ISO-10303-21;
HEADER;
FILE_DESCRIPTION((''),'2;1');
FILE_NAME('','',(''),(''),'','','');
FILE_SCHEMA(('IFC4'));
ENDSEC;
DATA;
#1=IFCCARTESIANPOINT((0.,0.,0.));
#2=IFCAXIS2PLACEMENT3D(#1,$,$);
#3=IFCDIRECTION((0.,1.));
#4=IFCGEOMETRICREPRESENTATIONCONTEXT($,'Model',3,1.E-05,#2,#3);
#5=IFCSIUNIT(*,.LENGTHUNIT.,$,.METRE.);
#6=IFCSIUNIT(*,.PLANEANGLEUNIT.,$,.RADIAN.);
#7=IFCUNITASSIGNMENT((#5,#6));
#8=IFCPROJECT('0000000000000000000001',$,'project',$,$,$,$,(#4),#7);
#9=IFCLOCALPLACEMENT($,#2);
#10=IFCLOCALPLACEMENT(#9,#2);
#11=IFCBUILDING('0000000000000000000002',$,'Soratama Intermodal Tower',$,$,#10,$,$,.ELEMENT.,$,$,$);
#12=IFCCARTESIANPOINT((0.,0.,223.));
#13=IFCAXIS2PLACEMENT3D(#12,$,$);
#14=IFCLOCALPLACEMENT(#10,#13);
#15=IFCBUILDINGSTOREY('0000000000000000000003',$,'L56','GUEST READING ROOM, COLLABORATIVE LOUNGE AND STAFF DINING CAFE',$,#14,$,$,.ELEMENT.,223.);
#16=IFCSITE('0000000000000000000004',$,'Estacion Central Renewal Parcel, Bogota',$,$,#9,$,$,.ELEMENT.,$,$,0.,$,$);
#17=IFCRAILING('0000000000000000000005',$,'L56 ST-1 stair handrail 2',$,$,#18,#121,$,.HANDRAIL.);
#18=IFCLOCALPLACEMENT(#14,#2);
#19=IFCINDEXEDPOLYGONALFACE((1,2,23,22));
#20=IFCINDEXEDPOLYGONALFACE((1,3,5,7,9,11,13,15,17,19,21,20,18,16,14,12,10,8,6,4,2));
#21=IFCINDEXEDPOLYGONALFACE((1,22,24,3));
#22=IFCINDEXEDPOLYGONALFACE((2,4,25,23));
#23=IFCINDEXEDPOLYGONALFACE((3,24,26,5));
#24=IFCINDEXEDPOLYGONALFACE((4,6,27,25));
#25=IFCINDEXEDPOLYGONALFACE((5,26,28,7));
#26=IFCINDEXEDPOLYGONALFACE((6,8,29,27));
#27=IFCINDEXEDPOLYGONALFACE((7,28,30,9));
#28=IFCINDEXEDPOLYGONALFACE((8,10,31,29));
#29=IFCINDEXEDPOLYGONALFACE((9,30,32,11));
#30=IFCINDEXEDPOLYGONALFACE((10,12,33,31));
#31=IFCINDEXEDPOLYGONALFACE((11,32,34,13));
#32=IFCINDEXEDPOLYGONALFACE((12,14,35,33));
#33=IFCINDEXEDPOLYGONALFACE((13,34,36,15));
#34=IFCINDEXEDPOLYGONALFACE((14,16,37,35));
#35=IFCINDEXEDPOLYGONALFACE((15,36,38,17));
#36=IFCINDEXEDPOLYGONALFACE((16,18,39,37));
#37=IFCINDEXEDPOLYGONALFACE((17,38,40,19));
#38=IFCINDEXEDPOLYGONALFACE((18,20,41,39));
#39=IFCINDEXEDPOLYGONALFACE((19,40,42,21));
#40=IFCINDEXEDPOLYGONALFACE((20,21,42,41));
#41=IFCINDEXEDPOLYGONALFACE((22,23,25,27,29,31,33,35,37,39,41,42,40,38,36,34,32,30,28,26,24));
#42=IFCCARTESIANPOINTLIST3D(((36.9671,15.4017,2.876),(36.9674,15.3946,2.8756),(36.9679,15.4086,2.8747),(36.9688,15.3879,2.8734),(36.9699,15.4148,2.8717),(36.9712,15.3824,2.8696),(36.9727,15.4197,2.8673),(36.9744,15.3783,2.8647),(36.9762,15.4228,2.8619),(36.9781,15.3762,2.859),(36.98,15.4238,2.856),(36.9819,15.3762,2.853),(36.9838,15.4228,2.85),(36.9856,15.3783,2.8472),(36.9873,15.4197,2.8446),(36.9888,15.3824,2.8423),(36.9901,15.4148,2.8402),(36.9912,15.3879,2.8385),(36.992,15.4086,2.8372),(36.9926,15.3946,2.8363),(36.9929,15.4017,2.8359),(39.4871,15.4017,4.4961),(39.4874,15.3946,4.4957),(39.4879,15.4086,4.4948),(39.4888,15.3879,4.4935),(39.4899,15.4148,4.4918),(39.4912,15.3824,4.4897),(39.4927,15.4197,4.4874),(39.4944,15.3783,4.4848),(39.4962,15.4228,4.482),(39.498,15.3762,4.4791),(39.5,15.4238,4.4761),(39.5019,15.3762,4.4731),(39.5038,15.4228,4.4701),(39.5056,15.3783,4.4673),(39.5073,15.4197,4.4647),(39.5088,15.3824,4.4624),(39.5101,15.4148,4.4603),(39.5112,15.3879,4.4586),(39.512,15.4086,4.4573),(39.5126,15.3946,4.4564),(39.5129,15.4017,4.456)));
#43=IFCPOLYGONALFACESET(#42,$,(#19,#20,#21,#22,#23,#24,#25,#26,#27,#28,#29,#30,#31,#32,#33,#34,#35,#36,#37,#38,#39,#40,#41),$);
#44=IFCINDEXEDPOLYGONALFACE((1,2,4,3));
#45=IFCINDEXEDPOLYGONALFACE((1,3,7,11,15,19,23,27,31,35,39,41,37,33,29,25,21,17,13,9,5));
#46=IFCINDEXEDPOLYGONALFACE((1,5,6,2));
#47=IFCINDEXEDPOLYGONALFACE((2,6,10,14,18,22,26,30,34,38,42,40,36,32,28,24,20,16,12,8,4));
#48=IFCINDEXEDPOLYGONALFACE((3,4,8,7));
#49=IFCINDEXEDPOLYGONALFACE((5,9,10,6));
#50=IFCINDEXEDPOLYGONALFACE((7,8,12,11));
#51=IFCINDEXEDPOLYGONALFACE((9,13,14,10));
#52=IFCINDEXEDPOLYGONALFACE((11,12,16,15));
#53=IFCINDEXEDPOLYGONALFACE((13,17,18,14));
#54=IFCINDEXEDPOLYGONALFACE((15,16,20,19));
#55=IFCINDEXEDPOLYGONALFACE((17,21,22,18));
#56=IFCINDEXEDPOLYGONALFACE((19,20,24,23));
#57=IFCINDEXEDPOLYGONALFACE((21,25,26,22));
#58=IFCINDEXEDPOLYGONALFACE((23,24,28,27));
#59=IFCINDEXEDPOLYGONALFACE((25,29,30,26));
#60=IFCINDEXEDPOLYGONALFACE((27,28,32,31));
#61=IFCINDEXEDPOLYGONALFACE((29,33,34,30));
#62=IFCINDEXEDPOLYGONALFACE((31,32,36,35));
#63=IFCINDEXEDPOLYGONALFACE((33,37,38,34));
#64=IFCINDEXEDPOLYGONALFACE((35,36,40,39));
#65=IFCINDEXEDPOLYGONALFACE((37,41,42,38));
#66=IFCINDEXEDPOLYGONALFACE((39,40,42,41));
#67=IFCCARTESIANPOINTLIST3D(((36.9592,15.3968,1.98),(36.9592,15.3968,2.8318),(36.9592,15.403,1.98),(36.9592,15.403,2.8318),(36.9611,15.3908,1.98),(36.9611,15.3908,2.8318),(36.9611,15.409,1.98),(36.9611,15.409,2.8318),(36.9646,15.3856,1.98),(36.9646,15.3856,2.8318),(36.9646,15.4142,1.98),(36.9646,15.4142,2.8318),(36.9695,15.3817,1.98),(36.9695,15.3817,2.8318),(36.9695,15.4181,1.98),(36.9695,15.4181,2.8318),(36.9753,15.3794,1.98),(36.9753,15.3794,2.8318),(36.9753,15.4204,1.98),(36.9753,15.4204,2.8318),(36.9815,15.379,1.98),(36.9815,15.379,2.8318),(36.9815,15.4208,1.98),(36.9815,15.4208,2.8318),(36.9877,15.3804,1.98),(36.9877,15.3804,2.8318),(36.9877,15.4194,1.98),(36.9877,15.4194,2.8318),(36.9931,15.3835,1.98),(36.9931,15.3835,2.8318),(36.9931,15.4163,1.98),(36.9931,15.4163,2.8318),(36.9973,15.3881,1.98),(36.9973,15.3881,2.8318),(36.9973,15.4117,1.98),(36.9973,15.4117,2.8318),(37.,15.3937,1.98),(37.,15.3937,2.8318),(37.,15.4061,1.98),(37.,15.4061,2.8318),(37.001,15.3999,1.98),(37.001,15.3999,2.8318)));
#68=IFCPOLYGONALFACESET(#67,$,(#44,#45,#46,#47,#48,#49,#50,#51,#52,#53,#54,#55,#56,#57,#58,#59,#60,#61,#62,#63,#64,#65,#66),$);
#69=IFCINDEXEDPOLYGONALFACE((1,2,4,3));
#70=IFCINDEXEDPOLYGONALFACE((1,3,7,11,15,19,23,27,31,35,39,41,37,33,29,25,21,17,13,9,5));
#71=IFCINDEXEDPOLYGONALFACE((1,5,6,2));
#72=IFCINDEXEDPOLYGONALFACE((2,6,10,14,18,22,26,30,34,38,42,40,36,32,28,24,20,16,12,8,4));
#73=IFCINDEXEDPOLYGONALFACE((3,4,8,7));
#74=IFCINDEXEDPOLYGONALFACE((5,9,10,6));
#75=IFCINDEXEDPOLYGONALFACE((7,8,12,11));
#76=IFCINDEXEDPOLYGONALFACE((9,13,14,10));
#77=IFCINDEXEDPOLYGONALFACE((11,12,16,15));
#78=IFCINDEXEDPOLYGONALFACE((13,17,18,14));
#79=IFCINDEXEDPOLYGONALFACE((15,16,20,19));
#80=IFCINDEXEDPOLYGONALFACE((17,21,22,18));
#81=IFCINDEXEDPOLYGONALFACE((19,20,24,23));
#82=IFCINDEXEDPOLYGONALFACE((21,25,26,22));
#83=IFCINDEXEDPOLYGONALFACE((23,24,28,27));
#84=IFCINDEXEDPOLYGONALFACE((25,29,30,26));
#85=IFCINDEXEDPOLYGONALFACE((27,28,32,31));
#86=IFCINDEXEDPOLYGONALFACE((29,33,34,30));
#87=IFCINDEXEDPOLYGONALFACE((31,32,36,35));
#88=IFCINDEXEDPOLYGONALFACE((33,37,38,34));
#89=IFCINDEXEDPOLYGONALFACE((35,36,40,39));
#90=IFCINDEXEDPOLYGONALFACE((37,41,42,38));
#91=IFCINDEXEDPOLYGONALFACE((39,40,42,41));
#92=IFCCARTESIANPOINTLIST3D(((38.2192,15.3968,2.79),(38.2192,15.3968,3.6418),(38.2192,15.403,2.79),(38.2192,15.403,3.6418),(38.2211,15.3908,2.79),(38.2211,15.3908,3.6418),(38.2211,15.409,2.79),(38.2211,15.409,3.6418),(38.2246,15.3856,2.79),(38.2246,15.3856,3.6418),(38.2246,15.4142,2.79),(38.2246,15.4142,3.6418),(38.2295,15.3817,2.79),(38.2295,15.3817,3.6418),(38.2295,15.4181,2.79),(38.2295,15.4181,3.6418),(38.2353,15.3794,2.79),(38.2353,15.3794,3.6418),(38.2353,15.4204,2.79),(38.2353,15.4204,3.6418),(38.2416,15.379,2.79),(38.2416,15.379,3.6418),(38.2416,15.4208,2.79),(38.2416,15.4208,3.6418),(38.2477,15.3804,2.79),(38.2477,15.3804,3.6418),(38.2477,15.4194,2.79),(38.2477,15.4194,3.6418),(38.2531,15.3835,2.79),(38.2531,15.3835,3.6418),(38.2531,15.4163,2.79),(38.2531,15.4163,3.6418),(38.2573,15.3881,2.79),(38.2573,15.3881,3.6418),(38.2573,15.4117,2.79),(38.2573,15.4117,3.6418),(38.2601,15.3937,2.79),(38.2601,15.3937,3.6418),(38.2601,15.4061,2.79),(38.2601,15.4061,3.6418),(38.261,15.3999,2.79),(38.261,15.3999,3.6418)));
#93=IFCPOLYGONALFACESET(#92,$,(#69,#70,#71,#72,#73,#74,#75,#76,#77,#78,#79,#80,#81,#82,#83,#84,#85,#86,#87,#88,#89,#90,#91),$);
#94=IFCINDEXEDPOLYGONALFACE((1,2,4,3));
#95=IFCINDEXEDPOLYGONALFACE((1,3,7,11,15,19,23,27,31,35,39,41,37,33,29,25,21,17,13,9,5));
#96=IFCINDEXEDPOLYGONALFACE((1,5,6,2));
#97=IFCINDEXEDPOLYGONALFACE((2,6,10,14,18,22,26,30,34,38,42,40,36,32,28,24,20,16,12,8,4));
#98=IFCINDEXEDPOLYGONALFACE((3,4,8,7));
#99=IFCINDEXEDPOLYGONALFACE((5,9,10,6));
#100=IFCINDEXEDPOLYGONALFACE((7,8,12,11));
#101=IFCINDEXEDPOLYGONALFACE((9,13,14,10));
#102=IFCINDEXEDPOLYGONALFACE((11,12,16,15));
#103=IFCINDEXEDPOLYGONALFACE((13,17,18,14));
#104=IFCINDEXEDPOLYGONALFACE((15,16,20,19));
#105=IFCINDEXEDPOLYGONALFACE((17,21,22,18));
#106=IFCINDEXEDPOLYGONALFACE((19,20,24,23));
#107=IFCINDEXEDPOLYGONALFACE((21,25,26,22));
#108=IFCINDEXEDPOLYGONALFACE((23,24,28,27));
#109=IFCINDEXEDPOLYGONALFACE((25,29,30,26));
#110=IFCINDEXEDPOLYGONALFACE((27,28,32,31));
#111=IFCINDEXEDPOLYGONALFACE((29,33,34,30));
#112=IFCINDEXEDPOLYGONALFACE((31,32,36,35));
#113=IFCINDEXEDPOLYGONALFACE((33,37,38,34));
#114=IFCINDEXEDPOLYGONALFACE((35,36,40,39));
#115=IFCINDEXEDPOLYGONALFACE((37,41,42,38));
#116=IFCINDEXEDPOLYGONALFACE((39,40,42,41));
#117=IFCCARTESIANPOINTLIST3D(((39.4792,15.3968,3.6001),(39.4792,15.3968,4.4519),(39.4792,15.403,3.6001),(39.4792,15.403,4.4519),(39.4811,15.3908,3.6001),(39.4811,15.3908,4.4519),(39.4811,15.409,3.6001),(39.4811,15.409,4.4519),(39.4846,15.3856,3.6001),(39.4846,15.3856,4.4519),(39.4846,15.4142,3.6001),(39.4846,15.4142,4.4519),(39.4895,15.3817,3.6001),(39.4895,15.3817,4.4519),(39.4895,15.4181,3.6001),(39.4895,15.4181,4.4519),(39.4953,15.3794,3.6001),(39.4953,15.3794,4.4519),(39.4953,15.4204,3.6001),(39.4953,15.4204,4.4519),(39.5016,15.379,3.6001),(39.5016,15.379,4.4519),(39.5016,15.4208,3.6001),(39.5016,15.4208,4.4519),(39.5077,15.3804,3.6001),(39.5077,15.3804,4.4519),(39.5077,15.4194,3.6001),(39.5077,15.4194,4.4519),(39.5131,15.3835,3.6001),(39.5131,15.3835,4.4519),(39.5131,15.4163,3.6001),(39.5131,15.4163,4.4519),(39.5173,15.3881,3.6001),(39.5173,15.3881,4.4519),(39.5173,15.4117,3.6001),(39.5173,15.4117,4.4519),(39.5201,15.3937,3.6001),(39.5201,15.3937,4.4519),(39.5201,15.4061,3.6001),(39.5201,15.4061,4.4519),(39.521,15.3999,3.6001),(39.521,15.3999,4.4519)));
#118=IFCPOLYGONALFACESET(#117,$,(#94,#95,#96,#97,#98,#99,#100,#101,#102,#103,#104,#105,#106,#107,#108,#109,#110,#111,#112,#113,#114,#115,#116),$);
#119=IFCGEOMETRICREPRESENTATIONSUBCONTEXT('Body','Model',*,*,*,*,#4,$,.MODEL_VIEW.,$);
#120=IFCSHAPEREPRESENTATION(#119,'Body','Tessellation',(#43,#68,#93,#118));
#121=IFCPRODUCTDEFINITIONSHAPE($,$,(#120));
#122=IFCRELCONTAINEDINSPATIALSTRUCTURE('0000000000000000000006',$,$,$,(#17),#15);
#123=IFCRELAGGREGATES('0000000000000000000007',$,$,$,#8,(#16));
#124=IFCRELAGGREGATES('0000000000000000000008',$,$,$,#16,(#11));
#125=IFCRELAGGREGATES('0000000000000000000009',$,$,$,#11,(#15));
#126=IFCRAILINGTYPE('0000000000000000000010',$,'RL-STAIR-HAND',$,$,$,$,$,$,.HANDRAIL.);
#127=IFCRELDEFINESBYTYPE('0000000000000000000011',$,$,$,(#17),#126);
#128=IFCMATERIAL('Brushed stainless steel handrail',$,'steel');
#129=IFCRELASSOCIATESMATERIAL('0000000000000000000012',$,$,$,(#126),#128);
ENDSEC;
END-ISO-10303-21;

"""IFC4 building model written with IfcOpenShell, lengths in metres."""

from ifc_helpers import new_model, si_unit, direction, frame, origin, origin_2d, place, context, subcontext, project, spatial, circle, extrude, material, type_object, element, save


model = new_model("IFC4")

# Units and contexts
model_context = context("Model", 3, precision=1e-05, world=origin(), true_north=direction((0.0, 1.0)))
body_context = subcontext(model_context, "Body", "Model", "MODEL_VIEW")
ifc_project = project(units=[si_unit("LENGTHUNIT", "METRE"), si_unit("PLANEANGLEUNIT", "RADIAN")], contexts=[model_context])

# Site, building, storey
site_placement = place(None, origin())
site = spatial("IfcSite", under=ifc_project, at=site_placement, Name="Estacion Central Renewal Parcel, Bogota", CompositionType="ELEMENT", RefElevation=0.0)
building_placement = place(site_placement, origin())
building = spatial("IfcBuilding", under=site, at=building_placement, Name="Soratama Intermodal Tower", CompositionType="ELEMENT")
storey_placement = place(building_placement, frame((0.0, 0.0, 223.0)))
storey = spatial("IfcBuildingStorey", under=building, at=storey_placement, Name="L56", Description="GUEST READING ROOM, COLLABORATIVE LOUNGE AND STAFF DINING CAFE", CompositionType="ELEMENT", Elevation=223.0)

# Railing
ifc_material_1 = material(Name="Brushed stainless steel handrail", Category="steel")
railing_type_1 = type_object("IfcRailingType", Name="RL-STAIR-HAND", PredefinedType="HANDRAIL", material=ifc_material_1)
railing_1_placement = place(storey_placement, frame((36.98, 15.3999, 1.98)))
element("IfcRailing", 1, at=railing_1_placement, inside=storey, type_object=railing_type_1, Name="L56 ST-1 stair handrail 2", PredefinedType="HANDRAIL", context=body_context, shape_type="SweptSolid", body=[
    extrude(circle(Radius=0.0239, at=origin_2d()), frame((0.0, 0.0, 0.876), z_axis=(0.841163, 0.0, 0.540782), x_axis=(0.0, 1.0, 0.0)), (0.0, 0.0, 1.0), 2.9958),
    extrude(circle(Radius=0.021, at=origin_2d()), origin(), (0.0, 0.0, 1.0), 0.8518),
    extrude(circle(Radius=0.021, at=origin_2d()), frame((1.26, 0.0, 0.8101)), (0.0, 0.0, 1.0), 0.8518),
    extrude(circle(Radius=0.021, at=origin_2d()), frame((2.52, 0.0, 1.6201)), (0.0, 0.0, 1.0), 0.8518),
])

save(model, "model.ifc")
